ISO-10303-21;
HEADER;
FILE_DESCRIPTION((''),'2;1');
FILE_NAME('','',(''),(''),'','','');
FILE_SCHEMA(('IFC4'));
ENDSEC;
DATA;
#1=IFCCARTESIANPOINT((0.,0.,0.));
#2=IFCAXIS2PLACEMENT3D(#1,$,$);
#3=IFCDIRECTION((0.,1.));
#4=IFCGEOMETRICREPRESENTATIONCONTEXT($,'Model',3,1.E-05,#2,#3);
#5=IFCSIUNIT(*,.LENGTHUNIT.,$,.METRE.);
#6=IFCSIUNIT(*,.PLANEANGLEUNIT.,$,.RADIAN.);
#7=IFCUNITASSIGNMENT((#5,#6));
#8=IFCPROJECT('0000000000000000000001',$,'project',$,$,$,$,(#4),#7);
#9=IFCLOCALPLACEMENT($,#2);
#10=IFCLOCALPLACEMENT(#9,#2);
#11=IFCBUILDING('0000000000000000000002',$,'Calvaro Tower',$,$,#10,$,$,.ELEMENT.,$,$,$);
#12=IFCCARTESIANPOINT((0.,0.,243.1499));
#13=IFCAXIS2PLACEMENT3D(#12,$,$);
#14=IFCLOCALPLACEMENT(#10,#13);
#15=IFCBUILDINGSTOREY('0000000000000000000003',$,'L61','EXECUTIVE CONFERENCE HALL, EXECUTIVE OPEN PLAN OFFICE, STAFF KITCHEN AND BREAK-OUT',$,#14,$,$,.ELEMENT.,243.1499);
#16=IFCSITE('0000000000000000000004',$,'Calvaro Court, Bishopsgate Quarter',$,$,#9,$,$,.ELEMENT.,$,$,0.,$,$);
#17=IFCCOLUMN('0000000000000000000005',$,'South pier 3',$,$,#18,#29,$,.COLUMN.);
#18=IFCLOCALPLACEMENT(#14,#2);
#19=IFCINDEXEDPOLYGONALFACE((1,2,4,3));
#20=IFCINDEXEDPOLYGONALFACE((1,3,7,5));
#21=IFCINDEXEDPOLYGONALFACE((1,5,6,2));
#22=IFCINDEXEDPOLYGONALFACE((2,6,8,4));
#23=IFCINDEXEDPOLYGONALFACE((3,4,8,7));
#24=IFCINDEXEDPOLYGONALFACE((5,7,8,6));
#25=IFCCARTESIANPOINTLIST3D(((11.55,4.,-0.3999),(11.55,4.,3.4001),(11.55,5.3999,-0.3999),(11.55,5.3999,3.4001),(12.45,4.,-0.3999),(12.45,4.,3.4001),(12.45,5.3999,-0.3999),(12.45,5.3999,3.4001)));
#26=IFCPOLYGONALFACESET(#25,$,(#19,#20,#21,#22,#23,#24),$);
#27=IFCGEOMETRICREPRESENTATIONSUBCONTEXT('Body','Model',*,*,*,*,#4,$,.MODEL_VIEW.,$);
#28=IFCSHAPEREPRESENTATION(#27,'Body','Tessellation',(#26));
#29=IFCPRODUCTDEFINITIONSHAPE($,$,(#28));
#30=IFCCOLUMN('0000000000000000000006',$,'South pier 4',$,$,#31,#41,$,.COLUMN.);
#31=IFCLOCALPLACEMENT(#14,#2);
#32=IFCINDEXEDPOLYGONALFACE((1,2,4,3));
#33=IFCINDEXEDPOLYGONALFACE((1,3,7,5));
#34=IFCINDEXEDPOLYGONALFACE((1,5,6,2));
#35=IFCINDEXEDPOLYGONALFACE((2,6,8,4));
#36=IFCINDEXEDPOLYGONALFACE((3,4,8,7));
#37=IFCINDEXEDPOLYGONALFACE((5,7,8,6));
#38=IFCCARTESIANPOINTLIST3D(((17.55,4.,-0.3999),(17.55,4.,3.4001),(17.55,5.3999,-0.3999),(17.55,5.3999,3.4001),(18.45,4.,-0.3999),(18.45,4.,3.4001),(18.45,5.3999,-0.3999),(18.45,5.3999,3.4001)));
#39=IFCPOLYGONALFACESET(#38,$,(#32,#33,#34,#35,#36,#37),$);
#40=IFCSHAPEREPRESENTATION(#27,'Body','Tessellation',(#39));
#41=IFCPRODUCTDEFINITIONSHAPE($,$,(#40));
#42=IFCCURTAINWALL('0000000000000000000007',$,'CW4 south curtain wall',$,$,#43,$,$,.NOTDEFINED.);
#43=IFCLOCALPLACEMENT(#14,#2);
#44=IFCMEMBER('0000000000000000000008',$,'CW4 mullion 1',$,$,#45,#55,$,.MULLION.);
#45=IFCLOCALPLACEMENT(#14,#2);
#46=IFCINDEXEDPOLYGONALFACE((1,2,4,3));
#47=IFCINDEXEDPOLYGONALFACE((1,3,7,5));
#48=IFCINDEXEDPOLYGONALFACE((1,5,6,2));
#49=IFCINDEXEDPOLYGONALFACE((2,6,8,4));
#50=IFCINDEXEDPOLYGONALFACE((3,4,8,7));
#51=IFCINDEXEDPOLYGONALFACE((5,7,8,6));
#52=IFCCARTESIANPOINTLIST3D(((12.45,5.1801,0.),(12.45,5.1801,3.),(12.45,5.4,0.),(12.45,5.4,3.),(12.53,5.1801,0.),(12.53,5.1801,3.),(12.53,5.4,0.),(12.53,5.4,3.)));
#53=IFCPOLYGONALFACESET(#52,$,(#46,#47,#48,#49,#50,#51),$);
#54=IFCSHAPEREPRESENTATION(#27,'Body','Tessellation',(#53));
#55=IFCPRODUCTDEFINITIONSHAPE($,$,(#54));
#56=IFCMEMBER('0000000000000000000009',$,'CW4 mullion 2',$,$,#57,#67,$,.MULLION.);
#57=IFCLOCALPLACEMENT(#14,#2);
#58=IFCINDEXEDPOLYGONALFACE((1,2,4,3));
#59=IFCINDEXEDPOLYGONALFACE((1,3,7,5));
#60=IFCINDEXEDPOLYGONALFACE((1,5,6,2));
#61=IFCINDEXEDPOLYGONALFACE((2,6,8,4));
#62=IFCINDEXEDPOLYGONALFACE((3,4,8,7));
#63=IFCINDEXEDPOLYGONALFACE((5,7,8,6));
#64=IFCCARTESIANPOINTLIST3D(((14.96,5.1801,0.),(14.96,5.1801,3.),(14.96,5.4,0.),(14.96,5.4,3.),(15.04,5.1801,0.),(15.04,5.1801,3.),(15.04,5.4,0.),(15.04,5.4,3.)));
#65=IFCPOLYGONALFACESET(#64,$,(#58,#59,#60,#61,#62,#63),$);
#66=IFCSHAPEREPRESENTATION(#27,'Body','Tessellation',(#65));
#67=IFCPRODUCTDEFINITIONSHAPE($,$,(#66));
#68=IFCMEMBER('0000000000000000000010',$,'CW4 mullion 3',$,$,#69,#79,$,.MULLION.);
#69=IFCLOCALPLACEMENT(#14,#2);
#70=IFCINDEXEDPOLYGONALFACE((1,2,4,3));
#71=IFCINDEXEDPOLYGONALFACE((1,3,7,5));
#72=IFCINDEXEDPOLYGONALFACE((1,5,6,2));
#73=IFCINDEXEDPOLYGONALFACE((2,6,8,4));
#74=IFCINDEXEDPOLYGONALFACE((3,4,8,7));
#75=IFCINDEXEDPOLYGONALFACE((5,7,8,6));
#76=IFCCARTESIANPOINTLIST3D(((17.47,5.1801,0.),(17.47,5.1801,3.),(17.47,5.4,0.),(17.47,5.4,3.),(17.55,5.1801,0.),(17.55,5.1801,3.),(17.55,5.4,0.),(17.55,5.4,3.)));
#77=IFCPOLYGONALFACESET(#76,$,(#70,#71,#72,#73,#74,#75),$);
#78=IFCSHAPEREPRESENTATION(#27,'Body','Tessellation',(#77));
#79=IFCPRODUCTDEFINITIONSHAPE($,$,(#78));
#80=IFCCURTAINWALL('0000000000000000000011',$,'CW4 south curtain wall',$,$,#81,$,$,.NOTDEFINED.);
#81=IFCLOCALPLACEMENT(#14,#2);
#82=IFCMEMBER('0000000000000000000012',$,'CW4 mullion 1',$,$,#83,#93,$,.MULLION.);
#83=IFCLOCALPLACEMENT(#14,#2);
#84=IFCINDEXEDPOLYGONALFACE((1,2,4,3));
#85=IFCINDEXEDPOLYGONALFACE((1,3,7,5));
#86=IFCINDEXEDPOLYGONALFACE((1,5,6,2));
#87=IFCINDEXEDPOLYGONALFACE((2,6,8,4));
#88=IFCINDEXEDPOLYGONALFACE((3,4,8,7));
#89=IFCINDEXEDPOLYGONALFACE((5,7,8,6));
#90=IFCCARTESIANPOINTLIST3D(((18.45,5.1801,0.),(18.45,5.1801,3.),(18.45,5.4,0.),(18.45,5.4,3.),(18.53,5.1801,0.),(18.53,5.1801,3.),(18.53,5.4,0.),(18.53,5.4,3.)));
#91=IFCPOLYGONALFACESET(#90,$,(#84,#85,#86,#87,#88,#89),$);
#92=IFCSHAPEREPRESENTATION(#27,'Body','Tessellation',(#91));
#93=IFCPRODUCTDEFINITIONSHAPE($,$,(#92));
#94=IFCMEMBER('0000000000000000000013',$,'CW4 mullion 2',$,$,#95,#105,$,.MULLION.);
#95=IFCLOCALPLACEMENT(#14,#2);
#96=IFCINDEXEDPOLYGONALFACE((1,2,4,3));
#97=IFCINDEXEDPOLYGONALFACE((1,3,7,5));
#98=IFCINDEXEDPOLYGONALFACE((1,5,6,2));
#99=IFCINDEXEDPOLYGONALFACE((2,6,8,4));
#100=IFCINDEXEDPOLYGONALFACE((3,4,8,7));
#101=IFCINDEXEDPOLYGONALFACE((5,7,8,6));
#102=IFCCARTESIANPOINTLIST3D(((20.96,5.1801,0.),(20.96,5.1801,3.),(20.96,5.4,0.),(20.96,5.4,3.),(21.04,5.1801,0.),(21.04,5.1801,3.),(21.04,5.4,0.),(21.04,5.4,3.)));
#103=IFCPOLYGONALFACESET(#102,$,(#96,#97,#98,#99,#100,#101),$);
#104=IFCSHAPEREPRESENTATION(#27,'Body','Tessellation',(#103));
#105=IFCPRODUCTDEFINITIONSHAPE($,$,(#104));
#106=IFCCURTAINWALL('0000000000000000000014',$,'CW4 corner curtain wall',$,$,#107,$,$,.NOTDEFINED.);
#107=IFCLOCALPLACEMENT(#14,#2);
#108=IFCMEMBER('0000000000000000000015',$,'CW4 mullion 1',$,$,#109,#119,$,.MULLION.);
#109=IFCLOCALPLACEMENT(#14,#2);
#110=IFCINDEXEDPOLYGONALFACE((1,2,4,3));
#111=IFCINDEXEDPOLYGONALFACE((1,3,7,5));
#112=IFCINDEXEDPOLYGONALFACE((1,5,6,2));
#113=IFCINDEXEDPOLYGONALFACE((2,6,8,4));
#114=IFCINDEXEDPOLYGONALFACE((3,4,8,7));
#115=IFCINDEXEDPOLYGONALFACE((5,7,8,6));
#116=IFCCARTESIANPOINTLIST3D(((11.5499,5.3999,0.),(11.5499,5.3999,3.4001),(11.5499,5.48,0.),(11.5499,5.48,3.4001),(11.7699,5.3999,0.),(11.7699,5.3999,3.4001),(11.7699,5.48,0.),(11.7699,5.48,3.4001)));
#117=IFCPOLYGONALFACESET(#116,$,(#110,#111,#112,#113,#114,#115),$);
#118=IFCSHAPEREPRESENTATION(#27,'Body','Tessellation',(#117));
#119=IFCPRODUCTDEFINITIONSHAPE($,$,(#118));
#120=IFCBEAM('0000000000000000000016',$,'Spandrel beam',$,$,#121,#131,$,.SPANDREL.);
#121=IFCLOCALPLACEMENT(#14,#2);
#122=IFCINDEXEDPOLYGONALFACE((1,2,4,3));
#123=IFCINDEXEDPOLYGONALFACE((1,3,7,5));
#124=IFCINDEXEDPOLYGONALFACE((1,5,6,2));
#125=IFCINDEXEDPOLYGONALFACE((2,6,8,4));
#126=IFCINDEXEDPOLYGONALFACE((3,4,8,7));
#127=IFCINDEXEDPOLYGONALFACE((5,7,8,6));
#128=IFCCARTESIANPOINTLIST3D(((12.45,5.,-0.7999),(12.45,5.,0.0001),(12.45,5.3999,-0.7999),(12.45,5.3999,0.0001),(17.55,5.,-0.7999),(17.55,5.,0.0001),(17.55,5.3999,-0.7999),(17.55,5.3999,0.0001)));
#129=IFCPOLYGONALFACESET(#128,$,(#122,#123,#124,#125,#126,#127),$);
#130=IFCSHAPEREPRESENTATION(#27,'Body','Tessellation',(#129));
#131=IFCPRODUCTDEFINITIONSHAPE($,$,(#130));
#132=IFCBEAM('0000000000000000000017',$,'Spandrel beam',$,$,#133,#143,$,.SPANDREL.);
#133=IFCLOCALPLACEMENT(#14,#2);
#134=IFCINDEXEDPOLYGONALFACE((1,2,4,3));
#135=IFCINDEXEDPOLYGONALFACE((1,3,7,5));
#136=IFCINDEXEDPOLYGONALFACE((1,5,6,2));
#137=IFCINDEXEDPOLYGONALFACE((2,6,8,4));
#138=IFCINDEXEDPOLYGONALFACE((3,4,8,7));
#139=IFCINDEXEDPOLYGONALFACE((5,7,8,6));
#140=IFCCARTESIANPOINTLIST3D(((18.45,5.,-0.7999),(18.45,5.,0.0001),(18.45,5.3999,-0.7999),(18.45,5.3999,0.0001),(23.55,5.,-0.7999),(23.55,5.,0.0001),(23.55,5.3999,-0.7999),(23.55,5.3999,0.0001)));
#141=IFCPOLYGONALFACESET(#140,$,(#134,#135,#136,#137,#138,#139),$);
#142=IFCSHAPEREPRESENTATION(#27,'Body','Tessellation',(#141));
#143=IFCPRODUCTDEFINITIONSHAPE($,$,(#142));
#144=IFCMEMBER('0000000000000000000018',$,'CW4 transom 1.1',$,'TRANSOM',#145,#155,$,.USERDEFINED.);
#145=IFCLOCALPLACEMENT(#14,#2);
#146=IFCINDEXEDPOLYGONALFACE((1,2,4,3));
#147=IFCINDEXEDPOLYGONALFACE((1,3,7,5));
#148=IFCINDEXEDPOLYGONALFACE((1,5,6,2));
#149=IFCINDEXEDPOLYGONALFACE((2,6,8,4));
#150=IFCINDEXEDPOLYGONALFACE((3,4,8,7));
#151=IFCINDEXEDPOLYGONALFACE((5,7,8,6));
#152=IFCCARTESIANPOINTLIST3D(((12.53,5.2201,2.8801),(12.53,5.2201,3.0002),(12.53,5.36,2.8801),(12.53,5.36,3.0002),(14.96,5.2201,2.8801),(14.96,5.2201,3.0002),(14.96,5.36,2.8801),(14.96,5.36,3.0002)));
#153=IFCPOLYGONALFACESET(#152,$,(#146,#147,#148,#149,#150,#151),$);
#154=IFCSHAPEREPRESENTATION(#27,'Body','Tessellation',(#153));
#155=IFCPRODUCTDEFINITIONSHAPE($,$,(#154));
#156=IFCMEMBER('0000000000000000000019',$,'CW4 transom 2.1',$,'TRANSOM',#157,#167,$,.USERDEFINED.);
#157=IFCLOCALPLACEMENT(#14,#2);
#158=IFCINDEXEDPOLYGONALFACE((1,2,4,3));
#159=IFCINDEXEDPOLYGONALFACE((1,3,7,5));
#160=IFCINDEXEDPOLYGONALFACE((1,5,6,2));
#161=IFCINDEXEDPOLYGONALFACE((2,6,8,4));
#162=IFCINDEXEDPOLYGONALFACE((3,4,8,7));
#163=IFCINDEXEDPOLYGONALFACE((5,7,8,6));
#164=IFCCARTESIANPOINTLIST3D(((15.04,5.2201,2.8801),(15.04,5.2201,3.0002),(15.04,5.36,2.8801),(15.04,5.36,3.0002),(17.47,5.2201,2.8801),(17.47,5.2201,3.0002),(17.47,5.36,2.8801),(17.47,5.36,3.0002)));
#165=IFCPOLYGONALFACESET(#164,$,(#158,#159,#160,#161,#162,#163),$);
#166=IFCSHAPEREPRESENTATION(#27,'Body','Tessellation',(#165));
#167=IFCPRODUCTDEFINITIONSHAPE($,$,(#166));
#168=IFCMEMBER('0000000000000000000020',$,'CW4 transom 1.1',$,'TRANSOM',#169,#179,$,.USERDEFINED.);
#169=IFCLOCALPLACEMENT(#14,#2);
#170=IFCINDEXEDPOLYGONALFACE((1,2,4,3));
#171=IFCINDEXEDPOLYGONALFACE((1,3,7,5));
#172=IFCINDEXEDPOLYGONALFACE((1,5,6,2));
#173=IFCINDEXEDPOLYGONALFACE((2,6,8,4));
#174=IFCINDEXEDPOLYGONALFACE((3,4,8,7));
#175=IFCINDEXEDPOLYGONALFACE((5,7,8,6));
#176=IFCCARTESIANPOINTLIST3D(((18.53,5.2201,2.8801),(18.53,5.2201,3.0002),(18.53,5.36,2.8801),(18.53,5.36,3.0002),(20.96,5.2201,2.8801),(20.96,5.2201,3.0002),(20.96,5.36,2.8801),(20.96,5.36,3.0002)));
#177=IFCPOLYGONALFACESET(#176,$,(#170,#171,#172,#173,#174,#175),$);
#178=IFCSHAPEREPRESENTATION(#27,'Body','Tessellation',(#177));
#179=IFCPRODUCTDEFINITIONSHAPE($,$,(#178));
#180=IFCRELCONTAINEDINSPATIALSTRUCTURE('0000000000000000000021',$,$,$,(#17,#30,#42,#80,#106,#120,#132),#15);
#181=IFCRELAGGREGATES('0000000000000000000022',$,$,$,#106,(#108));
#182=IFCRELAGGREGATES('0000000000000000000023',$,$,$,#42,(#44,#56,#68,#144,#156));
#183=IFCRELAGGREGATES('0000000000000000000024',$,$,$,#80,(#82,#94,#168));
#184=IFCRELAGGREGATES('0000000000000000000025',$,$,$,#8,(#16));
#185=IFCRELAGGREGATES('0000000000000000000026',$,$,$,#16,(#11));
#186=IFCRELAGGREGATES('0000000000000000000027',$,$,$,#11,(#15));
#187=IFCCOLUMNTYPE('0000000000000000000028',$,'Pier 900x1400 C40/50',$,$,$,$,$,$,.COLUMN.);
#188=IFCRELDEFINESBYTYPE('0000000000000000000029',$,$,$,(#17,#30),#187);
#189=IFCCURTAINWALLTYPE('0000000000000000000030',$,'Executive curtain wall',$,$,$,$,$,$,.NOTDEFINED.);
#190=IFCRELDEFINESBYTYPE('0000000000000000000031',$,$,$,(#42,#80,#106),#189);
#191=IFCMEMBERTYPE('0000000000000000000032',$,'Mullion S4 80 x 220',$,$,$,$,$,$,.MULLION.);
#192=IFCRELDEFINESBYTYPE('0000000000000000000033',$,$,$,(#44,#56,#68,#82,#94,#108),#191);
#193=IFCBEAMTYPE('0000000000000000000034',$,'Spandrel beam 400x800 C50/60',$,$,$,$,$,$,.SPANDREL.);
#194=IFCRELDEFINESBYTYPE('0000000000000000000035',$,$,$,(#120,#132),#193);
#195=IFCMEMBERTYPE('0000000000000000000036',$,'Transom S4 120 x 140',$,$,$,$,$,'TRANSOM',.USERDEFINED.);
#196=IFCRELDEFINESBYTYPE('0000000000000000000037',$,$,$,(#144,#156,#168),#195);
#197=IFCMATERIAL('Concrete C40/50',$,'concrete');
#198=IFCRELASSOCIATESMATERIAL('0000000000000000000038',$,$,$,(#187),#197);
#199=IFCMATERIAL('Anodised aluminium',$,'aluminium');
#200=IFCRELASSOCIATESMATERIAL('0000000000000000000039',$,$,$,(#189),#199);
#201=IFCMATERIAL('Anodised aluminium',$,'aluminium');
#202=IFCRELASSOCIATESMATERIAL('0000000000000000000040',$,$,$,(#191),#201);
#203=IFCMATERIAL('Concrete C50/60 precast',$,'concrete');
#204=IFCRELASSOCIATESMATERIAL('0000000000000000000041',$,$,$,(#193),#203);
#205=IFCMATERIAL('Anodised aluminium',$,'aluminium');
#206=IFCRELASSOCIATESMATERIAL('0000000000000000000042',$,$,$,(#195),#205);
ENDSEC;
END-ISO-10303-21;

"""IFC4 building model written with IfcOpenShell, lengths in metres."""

from ifc_helpers import new_model, si_unit, direction, frame, origin, origin_2d, place, context, subcontext, project, spatial, rectangle, extrude, material, material_profile, profile_set, type_object, element, aggregate, save


model = new_model("IFC4")

# Units and contexts
model_context = context("Model", 3, precision=1e-05, world=origin(), true_north=direction((0.0, 1.0)))
body_context = subcontext(model_context, "Body", "Model", "MODEL_VIEW")
ifc_project = project(units=[si_unit("LENGTHUNIT", "METRE"), si_unit("PLANEANGLEUNIT", "RADIAN")], contexts=[model_context])

# Site, building, storey
site_placement = place(None, origin())
site = spatial("IfcSite", under=ifc_project, at=site_placement, Name="Calvaro Court, Bishopsgate Quarter", CompositionType="ELEMENT", RefElevation=0.0)
building_placement = place(site_placement, origin())
building = spatial("IfcBuilding", under=site, at=building_placement, Name="Calvaro Tower", CompositionType="ELEMENT")
storey_placement = place(building_placement, frame((0.0, 0.0, 243.1499)))
storey = spatial("IfcBuildingStorey", under=building, at=storey_placement, Name="L61", Description="EXECUTIVE CONFERENCE HALL, EXECUTIVE OPEN PLAN OFFICE, STAFF KITCHEN AND BREAK-OUT", CompositionType="ELEMENT", Elevation=243.1499)

# Columns
ifc_material_1 = material(Name="Concrete C40/50", Category="concrete")
ifc_material_profile_1 = material_profile(ifc_material_1, rectangle(XDim=0.8999, YDim=1.3999, at=origin_2d()), Name="RC 900x1400")
ifc_profile_set_1 = profile_set([ifc_material_profile_1], Name="Concrete C40/50")
column_type = type_object("IfcColumnType", Name="Pier 900x1400 C40/50", PredefinedType="COLUMN", material=ifc_profile_set_1)
for number, where, z_axis, x_axis, name in (
    (1, (12.0, 4.7, -0.3999), (0.0, 0.0, 1.0), (1.0, 0.0, 0.0), "South pier 3"),
    (2, (18.0, 4.7, -0.3999), (0.0, 0.0, 1.0), (1.0, 0.0, 0.0), "South pier 4"),
):
    element("IfcColumn", number, at=place(storey_placement, frame(where, z_axis=z_axis, x_axis=x_axis)), inside=storey, type_object=column_type, Name=name, PredefinedType="COLUMN", context=body_context, shape_type="SweptSolid", body=[
        extrude(rectangle(XDim=0.8999, YDim=1.3999, at=origin_2d()), origin(), (0.0, 0.0, 1.0), 3.8),
    ])

# Curtain walls, members
ifc_material_2 = material(Name="Anodised aluminium", Category="aluminium")
curtain_wall_type = type_object("IfcCurtainWallType", Name="Executive curtain wall", PredefinedType="NOTDEFINED", material=ifc_material_2)
curtain_wall_1_placement = place(storey_placement, origin())
curtain_wall_1 = element("IfcCurtainWall", 3, at=curtain_wall_1_placement, inside=storey, type_object=curtain_wall_type, Name="CW4 south curtain wall", PredefinedType="NOTDEFINED")
ifc_material_3 = material(Name="Anodised aluminium", Category="aluminium")
ifc_material_profile_2 = material_profile(ifc_material_3, rectangle(XDim=0.22, YDim=0.0801, at=origin_2d()), Name="Mullion S4 80 x 220")
ifc_profile_set_2 = profile_set([ifc_material_profile_2], Name="Anodised aluminium")
member_type_1 = type_object("IfcMemberType", Name="Mullion S4 80 x 220", PredefinedType="MULLION", material=ifc_profile_set_2)
member_1_placement = place(storey_placement, frame((12.49, 5.29, 0.0), z_axis=(0.0, 0.0, 1.0), x_axis=(0.0, 1.0, 0.0)))
member_1 = element("IfcMember", 4, at=member_1_placement, type_object=member_type_1, Name="CW4 mullion 1", PredefinedType="MULLION", context=body_context, shape_type="SweptSolid", body=[
    extrude(rectangle(XDim=0.22, YDim=0.0801, at=origin_2d()), origin(), (0.0, 0.0, 1.0), 3.0),
])
member_2_placement = place(storey_placement, frame((15.0, 5.29, 0.0), z_axis=(0.0, 0.0, 1.0), x_axis=(0.0, 1.0, 0.0)))
member_2 = element("IfcMember", 5, at=member_2_placement, type_object=member_type_1, Name="CW4 mullion 2", PredefinedType="MULLION", context=body_context, shape_type="SweptSolid", body=[
    extrude(rectangle(XDim=0.22, YDim=0.0801, at=origin_2d()), origin(), (0.0, 0.0, 1.0), 3.0),
])
member_3_placement = place(storey_placement, frame((17.51, 5.29, 0.0), z_axis=(0.0, 0.0, 1.0), x_axis=(0.0, 1.0, 0.0)))
member_3 = element("IfcMember", 6, at=member_3_placement, type_object=member_type_1, Name="CW4 mullion 3", PredefinedType="MULLION", context=body_context, shape_type="SweptSolid", body=[
    extrude(rectangle(XDim=0.22, YDim=0.0801, at=origin_2d()), origin(), (0.0, 0.0, 1.0), 3.0),
])
curtain_wall_2_placement = place(storey_placement, origin())
curtain_wall_2 = element("IfcCurtainWall", 7, at=curtain_wall_2_placement, inside=storey, type_object=curtain_wall_type, Name="CW4 south curtain wall", PredefinedType="NOTDEFINED")
member_4_placement = place(storey_placement, frame((18.49, 5.29, 0.0), z_axis=(0.0, 0.0, 1.0), x_axis=(0.0, 1.0, 0.0)))
member_4 = element("IfcMember", 8, at=member_4_placement, type_object=member_type_1, Name="CW4 mullion 1", PredefinedType="MULLION", context=body_context, shape_type="SweptSolid", body=[
    extrude(rectangle(XDim=0.22, YDim=0.0801, at=origin_2d()), origin(), (0.0, 0.0, 1.0), 3.0),
])
member_5_placement = place(storey_placement, frame((21.0, 5.29, 0.0), z_axis=(0.0, 0.0, 1.0), x_axis=(0.0, 1.0, 0.0)))
member_5 = element("IfcMember", 9, at=member_5_placement, type_object=member_type_1, Name="CW4 mullion 2", PredefinedType="MULLION", context=body_context, shape_type="SweptSolid", body=[
    extrude(rectangle(XDim=0.22, YDim=0.0801, at=origin_2d()), origin(), (0.0, 0.0, 1.0), 3.0),
])

# Curtain wall, member
curtain_wall_3_placement = place(storey_placement, origin())
curtain_wall_3 = element("IfcCurtainWall", 10, at=curtain_wall_3_placement, inside=storey, type_object=curtain_wall_type, Name="CW4 corner curtain wall", PredefinedType="NOTDEFINED")
member_6_placement = place(storey_placement, frame((11.6599, 5.4399, 0.0), z_axis=(0.0, 0.0, 1.0), x_axis=(-1.0, 0.0, 0.0)))
member_6 = element("IfcMember", 11, at=member_6_placement, type_object=member_type_1, Name="CW4 mullion 1", PredefinedType="MULLION", context=body_context, shape_type="SweptSolid", body=[
    extrude(rectangle(XDim=0.22, YDim=0.0801, at=origin_2d()), origin(), (0.0, 0.0, 1.0), 3.4001),
])
aggregate(curtain_wall_3, [member_6])

# Beams
ifc_material_4 = material(Name="Concrete C50/60 precast", Category="concrete")
ifc_material_profile_3 = material_profile(ifc_material_4, rectangle(XDim=0.3999, YDim=0.8, at=origin_2d()), Name="RC 400x800")
ifc_profile_set_3 = profile_set([ifc_material_profile_3], Name="Concrete C50/60 precast")
beam_type = type_object("IfcBeamType", Name="Spandrel beam 400x800 C50/60", PredefinedType="SPANDREL", material=ifc_profile_set_3)
for number, where, z_axis, x_axis, name in (
    (12, (12.45, 5.2, -0.3999), (1.0, 0.0, 0.0), (0.0, 1.0, 0.0), "Spandrel beam"),
    (13, (18.45, 5.2, -0.3999), (1.0, 0.0, 0.0), (0.0, 1.0, 0.0), "Spandrel beam"),
):
    element("IfcBeam", number, at=place(storey_placement, frame(where, z_axis=z_axis, x_axis=x_axis)), inside=storey, type_object=beam_type, Name=name, PredefinedType="SPANDREL", context=body_context, shape_type="SweptSolid", body=[
        extrude(rectangle(XDim=0.3999, YDim=0.8, at=origin_2d()), origin(), (0.0, 0.0, 1.0), 5.1001),
    ])

# Members
ifc_material_5 = material(Name="Anodised aluminium", Category="aluminium")
ifc_material_profile_4 = material_profile(ifc_material_5, rectangle(XDim=0.1399, YDim=0.1201, at=origin_2d()), Name="Transom S4 120 x 140")
ifc_profile_set_4 = profile_set([ifc_material_profile_4], Name="Anodised aluminium")
member_type_2 = type_object("IfcMemberType", Name="Transom S4 120 x 140", ElementType="TRANSOM", PredefinedType="USERDEFINED", material=ifc_profile_set_4)
member_7_placement = place(storey_placement, frame((12.53, 5.29, 2.9402), z_axis=(1.0, 0.0, 0.0), x_axis=(0.0, 1.0, 0.0)))
member_7 = element("IfcMember", 14, at=member_7_placement, type_object=member_type_2, Name="CW4 transom 1.1", ObjectType="TRANSOM", PredefinedType="USERDEFINED", context=body_context, shape_type="SweptSolid", body=[
    extrude(rectangle(XDim=0.1399, YDim=0.1201, at=origin_2d()), origin(), (0.0, 0.0, 1.0), 2.4299),
])
member_8_placement = place(storey_placement, frame((15.04, 5.29, 2.9402), z_axis=(1.0, 0.0, 0.0), x_axis=(0.0, 1.0, 0.0)))
member_8 = element("IfcMember", 15, at=member_8_placement, type_object=member_type_2, Name="CW4 transom 2.1", ObjectType="TRANSOM", PredefinedType="USERDEFINED", context=body_context, shape_type="SweptSolid", body=[
    extrude(rectangle(XDim=0.1399, YDim=0.1201, at=origin_2d()), origin(), (0.0, 0.0, 1.0), 2.4299),
])
member_9_placement = place(storey_placement, frame((18.53, 5.29, 2.9402), z_axis=(1.0, 0.0, 0.0), x_axis=(0.0, 1.0, 0.0)))
member_9 = element("IfcMember", 16, at=member_9_placement, type_object=member_type_2, Name="CW4 transom 1.1", ObjectType="TRANSOM", PredefinedType="USERDEFINED", context=body_context, shape_type="SweptSolid", body=[
    extrude(rectangle(XDim=0.1399, YDim=0.1201, at=origin_2d()), origin(), (0.0, 0.0, 1.0), 2.4299),
])

aggregate(curtain_wall_1, [member_1, member_2, member_3, member_7, member_8])
aggregate(curtain_wall_2, [member_4, member_5, member_9])

save(model, "model.ifc")
